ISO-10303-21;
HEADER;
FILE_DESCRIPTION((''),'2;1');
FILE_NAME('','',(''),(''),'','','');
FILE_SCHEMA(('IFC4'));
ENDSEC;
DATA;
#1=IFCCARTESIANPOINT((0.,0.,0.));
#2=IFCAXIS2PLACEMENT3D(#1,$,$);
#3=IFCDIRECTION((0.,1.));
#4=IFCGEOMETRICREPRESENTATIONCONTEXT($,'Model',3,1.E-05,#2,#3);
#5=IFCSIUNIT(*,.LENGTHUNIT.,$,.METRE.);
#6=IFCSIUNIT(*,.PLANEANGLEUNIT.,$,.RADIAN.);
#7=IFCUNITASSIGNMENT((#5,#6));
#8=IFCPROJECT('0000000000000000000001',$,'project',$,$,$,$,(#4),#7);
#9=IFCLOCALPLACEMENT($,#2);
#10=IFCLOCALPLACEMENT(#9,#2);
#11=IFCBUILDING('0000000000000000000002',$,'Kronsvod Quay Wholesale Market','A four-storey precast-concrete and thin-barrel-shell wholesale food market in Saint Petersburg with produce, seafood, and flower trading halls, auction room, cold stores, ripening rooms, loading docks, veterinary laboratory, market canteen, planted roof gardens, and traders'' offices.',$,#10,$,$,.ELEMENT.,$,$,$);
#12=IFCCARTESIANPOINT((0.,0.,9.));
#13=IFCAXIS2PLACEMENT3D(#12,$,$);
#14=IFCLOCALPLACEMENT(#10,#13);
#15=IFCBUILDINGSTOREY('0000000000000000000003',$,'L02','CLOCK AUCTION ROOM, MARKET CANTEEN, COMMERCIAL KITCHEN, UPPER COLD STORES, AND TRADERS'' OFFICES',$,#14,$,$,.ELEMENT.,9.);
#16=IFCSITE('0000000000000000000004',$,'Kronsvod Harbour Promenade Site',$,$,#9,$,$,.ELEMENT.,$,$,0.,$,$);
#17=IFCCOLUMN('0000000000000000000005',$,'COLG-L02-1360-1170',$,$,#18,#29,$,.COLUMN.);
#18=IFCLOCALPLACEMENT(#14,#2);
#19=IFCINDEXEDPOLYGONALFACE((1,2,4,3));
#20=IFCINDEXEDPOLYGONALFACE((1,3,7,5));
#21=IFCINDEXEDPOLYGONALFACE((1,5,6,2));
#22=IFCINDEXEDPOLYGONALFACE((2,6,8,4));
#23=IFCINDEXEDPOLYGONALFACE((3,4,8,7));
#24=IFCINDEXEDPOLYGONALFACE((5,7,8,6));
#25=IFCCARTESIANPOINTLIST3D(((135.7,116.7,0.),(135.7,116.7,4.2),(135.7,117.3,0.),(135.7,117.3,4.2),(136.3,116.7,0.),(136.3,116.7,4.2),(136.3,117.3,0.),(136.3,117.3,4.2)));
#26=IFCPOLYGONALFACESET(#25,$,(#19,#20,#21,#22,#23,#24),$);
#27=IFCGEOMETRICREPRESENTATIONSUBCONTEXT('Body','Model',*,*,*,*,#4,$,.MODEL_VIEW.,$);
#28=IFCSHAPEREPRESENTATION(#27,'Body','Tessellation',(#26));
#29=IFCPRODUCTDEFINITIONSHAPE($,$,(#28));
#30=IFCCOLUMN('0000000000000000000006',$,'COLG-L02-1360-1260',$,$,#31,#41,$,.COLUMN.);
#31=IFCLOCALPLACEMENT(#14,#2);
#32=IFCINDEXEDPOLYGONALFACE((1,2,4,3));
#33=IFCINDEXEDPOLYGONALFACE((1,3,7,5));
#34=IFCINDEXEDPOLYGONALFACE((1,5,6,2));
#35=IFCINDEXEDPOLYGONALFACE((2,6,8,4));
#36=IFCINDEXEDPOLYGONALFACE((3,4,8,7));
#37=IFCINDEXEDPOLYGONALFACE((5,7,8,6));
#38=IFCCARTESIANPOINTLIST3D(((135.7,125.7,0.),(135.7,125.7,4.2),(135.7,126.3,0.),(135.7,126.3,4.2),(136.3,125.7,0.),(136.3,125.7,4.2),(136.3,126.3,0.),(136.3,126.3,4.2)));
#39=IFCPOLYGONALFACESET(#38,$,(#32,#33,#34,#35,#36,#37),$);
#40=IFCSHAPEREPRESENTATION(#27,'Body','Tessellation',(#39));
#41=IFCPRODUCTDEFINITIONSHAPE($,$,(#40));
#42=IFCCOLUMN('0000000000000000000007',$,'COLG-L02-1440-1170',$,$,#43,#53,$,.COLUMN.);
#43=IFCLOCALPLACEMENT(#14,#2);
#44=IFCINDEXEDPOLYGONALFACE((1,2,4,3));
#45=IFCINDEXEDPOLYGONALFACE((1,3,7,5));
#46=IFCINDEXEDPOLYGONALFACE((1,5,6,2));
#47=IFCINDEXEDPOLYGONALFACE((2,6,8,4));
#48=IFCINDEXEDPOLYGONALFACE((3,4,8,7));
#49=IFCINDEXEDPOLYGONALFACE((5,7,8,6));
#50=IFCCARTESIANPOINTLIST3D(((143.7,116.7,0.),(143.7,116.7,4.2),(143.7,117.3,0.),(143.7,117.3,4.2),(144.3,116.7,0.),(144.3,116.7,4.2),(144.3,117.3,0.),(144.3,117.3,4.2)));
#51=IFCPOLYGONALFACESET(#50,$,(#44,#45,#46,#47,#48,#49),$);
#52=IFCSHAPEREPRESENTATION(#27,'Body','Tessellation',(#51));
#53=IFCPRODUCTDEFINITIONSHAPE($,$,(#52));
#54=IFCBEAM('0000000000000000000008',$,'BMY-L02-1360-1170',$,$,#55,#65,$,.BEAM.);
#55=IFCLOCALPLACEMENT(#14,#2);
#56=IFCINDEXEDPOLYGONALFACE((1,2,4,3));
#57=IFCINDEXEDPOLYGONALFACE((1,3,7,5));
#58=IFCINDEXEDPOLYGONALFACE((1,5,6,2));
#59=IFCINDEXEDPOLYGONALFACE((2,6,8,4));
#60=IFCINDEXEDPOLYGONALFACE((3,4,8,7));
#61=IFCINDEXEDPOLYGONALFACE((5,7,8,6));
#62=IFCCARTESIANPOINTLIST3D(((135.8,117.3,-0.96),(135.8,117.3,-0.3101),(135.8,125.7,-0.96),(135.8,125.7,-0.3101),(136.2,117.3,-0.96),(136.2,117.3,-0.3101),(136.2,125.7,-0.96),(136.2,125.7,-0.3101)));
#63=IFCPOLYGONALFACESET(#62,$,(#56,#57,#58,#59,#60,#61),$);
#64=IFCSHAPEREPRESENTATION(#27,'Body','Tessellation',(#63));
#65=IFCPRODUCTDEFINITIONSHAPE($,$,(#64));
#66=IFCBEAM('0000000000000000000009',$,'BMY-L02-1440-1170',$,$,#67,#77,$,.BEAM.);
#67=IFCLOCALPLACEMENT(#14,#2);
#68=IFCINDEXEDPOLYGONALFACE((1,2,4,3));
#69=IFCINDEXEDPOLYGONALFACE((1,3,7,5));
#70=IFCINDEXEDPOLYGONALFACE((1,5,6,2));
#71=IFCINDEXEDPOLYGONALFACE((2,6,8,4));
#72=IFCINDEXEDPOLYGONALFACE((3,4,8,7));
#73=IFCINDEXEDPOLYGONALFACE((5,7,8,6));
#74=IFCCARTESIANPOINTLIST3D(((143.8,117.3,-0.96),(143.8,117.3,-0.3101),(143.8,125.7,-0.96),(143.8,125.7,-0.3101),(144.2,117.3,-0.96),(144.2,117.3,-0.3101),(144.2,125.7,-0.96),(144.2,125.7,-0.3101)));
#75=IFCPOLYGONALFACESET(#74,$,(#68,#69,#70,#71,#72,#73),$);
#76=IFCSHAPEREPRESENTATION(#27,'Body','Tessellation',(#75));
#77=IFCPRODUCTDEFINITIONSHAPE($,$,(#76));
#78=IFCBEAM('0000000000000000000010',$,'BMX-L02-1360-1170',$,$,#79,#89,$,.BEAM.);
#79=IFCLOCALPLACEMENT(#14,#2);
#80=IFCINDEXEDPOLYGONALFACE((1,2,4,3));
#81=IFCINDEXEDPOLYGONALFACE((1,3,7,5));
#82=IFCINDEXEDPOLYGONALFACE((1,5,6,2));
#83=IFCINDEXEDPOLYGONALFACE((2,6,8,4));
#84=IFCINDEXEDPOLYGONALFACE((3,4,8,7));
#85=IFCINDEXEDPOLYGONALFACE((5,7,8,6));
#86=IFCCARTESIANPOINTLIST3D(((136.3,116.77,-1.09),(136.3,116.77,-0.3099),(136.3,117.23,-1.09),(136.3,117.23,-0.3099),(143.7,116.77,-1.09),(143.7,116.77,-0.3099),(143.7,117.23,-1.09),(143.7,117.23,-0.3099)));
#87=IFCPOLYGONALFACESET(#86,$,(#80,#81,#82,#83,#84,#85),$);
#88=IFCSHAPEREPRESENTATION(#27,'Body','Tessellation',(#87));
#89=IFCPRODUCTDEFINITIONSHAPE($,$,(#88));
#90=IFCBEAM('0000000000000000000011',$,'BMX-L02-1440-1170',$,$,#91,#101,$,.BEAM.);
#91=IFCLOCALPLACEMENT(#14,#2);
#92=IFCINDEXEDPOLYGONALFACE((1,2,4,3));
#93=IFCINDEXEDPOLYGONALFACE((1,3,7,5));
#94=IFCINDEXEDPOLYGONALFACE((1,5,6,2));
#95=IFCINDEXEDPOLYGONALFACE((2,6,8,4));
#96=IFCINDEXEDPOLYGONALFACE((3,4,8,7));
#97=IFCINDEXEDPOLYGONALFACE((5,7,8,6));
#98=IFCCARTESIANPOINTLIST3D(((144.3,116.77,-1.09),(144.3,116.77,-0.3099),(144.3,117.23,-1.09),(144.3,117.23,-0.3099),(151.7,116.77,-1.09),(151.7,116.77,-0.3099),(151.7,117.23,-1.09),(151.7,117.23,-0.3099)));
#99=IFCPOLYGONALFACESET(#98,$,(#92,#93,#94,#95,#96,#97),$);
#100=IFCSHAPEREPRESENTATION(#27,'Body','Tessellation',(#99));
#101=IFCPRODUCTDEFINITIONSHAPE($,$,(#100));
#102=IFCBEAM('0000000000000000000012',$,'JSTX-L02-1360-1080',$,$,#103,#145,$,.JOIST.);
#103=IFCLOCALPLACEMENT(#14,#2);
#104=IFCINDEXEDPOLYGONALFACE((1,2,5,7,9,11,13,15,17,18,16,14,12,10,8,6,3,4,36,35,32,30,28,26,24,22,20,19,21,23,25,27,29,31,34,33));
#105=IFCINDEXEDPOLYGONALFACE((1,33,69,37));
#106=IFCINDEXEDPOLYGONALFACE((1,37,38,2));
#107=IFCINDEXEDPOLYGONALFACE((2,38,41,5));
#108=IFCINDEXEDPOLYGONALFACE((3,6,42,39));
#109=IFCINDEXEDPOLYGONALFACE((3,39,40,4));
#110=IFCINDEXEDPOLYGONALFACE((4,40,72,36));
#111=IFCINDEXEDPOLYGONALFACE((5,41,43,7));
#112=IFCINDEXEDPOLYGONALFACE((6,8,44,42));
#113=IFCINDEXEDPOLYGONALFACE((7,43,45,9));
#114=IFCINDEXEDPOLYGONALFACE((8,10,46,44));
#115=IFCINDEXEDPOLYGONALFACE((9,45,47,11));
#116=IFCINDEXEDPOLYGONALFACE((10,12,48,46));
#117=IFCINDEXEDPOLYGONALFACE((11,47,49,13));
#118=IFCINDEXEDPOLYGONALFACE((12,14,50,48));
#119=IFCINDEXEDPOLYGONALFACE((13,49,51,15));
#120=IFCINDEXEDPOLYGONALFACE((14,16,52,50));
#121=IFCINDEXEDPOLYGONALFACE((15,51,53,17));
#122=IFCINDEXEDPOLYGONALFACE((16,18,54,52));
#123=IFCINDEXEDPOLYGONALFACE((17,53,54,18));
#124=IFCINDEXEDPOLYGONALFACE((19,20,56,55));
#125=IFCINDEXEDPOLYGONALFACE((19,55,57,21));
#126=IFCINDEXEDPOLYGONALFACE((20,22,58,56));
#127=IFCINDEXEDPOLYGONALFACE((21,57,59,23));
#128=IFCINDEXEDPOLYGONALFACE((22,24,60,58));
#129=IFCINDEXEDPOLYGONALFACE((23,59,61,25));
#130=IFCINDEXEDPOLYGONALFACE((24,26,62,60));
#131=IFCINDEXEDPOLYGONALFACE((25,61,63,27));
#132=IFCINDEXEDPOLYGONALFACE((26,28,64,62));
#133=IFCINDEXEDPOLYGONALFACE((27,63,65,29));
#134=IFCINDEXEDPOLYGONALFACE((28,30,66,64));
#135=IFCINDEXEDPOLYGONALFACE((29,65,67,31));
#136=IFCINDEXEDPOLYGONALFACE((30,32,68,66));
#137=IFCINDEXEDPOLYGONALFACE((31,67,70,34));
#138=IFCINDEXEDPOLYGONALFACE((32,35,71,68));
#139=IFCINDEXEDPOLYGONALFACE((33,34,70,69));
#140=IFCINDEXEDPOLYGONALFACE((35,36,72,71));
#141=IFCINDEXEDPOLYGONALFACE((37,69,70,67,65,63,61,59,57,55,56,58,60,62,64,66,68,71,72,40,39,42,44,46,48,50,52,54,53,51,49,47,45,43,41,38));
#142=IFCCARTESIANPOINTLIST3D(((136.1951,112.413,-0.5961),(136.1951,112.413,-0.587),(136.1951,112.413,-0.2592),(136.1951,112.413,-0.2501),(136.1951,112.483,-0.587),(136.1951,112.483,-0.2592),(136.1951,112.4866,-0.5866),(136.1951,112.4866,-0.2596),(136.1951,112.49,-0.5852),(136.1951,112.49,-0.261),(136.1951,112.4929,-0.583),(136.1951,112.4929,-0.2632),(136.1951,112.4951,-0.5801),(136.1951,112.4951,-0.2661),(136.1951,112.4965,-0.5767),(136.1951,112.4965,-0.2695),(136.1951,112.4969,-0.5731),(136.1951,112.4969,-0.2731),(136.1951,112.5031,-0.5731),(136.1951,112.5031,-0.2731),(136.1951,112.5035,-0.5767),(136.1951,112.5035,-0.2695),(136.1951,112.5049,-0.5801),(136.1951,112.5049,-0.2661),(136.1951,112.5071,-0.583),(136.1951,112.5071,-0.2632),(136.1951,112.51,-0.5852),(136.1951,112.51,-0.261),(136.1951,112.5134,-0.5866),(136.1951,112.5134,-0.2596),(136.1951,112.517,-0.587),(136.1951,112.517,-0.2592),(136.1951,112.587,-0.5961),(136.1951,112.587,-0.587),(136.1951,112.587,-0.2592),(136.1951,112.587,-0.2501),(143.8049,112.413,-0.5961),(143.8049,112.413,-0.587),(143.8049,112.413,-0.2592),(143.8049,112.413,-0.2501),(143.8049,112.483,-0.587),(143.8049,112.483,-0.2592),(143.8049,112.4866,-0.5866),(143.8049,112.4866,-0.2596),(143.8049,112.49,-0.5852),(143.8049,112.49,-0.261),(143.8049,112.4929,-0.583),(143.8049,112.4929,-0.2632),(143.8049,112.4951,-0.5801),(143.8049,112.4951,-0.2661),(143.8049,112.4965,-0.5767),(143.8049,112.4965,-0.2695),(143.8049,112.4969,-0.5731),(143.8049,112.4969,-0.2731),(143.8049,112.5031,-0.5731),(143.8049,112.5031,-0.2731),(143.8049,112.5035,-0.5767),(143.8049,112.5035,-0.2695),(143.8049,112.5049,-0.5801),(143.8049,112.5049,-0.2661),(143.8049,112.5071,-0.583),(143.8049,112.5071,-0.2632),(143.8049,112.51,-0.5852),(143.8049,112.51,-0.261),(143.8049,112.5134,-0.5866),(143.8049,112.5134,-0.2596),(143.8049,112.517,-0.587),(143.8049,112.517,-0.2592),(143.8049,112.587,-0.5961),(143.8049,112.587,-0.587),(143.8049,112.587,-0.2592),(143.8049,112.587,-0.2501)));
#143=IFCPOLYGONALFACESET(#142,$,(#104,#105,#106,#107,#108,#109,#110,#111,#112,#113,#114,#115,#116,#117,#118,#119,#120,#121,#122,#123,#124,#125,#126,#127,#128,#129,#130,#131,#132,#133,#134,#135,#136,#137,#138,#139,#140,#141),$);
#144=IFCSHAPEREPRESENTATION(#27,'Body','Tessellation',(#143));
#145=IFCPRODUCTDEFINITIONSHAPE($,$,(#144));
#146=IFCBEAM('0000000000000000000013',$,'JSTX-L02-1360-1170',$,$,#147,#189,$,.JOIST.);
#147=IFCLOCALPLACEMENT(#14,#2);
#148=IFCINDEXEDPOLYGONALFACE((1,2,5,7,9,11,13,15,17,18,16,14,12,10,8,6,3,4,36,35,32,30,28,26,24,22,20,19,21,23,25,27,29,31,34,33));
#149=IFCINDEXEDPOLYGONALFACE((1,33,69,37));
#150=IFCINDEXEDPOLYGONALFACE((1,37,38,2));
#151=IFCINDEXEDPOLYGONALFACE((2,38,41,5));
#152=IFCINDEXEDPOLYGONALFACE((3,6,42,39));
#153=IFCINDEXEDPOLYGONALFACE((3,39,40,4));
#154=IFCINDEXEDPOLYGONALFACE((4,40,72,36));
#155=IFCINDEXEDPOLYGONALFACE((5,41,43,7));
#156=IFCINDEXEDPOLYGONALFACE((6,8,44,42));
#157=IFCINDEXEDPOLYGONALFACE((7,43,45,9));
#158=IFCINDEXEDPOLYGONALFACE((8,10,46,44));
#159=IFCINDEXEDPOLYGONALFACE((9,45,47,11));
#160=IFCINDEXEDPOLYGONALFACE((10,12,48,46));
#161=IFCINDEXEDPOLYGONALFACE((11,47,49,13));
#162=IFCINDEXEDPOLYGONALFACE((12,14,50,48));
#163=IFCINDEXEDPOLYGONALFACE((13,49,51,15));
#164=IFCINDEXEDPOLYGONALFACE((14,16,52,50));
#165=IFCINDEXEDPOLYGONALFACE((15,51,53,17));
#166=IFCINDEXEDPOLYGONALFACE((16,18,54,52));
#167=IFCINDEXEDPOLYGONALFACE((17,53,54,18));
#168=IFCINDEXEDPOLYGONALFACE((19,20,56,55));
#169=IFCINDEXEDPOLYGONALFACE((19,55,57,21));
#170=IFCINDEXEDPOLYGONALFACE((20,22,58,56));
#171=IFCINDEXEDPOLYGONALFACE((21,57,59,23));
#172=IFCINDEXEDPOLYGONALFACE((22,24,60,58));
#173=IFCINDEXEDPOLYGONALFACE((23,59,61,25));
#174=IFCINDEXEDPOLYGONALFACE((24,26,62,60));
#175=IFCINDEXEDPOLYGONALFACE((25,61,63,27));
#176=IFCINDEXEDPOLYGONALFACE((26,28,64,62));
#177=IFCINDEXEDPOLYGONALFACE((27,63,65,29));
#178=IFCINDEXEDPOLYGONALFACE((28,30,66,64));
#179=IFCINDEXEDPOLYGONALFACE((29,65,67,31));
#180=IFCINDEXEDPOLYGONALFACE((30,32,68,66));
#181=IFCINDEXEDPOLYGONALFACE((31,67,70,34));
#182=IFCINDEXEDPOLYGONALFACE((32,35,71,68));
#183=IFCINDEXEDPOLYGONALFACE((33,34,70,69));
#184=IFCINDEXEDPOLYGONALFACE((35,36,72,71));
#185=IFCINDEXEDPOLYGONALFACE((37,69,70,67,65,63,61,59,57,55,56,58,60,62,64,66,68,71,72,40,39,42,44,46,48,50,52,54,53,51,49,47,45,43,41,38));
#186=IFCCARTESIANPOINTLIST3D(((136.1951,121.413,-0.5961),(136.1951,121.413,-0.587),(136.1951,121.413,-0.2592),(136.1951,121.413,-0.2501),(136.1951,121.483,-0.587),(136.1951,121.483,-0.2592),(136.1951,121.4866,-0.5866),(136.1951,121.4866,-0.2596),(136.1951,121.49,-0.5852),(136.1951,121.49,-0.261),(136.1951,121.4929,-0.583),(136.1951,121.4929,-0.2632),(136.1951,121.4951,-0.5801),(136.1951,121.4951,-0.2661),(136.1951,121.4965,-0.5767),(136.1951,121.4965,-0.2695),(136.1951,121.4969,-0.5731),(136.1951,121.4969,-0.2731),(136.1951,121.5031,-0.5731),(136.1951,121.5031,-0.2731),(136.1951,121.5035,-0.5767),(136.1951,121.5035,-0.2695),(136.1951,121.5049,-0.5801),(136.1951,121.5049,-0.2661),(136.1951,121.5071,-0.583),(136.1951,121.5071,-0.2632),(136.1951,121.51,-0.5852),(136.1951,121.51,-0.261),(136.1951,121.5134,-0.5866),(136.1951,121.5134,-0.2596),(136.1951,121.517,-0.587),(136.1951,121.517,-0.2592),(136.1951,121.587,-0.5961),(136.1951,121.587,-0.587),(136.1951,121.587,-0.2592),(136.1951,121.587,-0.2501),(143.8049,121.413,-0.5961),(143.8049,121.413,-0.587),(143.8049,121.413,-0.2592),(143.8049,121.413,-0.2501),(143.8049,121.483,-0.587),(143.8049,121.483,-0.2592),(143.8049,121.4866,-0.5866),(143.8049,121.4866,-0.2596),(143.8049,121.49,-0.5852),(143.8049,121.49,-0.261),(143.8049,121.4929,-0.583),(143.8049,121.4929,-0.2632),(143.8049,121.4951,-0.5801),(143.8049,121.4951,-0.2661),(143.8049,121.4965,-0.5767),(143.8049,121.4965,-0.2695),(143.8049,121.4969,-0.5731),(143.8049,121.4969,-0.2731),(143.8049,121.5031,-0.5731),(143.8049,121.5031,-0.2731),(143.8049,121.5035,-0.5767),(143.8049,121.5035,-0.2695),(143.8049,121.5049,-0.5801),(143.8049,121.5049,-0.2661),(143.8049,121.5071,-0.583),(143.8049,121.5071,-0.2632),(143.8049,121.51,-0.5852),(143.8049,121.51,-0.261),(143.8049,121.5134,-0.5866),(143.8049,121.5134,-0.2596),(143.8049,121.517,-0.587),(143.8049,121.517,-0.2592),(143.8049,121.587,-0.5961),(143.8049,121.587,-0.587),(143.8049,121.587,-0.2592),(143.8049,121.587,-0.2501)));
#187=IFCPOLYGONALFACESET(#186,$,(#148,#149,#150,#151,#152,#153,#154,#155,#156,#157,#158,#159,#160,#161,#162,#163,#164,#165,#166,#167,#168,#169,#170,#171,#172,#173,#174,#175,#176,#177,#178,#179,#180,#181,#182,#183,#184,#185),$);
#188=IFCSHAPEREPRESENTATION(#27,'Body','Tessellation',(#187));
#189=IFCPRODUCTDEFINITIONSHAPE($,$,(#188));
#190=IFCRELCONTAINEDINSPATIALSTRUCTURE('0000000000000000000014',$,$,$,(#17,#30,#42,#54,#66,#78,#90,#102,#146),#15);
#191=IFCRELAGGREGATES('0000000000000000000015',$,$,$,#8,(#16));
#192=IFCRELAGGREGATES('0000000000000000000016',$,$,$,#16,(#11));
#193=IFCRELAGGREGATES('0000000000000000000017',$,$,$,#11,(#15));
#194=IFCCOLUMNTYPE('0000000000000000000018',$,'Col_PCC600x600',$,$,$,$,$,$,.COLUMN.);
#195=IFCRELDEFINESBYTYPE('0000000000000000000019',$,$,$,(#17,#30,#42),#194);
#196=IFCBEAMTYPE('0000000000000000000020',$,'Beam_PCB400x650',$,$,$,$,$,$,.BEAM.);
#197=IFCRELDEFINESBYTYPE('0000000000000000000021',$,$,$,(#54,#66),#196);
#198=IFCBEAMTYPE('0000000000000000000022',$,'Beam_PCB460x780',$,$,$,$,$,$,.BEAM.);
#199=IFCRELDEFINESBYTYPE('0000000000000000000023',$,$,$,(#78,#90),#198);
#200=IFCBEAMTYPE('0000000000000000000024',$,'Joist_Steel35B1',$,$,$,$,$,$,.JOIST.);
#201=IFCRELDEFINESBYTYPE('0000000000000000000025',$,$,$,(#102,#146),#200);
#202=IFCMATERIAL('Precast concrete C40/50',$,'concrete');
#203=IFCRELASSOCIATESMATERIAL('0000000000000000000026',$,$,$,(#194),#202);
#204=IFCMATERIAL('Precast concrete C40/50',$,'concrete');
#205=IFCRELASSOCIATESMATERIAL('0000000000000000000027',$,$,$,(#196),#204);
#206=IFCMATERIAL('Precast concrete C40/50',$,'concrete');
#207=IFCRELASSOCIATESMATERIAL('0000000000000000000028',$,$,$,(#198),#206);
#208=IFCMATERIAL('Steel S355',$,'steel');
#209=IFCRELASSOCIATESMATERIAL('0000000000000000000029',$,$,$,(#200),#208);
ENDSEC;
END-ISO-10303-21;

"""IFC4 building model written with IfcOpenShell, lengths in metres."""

from ifc_helpers import new_model, si_unit, direction, frame, origin, origin_2d, place, context, subcontext, project, spatial, rectangle, i_section, extrude, material, material_profile, profile_set, type_object, element, save


model = new_model("IFC4")

# Units and contexts
model_context = context("Model", 3, precision=1e-05, world=origin(), true_north=direction((0.0, 1.0)))
body_context = subcontext(model_context, "Body", "Model", "MODEL_VIEW")
ifc_project = project(units=[si_unit("LENGTHUNIT", "METRE"), si_unit("PLANEANGLEUNIT", "RADIAN")], contexts=[model_context])

# Site, building, storey
site_placement = place(None, origin())
site = spatial("IfcSite", under=ifc_project, at=site_placement, Name="Kronsvod Harbour Promenade Site", CompositionType="ELEMENT", RefElevation=0.0)
building_placement = place(site_placement, origin())
building = spatial("IfcBuilding", under=site, at=building_placement, Name="Kronsvod Quay Wholesale Market", Description="A four-storey precast-concrete and thin-barrel-shell wholesale food market in Saint Petersburg with produce, seafood, and flower trading halls, auction room, cold stores, ripening rooms, loading docks, veterinary laboratory, market canteen, planted roof gardens, and traders' offices.", CompositionType="ELEMENT")
storey_placement = place(building_placement, frame((0.0, 0.0, 9.0)))
storey = spatial("IfcBuildingStorey", under=building, at=storey_placement, Name="L02", Description="CLOCK AUCTION ROOM, MARKET CANTEEN, COMMERCIAL KITCHEN, UPPER COLD STORES, AND TRADERS' OFFICES", CompositionType="ELEMENT", Elevation=9.0)

# Columns
ifc_material_1 = material(Name="Precast concrete C40/50", Category="concrete")
ifc_material_profile_1 = material_profile(ifc_material_1, rectangle(XDim=0.6001, YDim=0.6001, at=origin_2d()), Name="PCC600x600")
ifc_profile_set_1 = profile_set([ifc_material_profile_1], Name="Precast concrete C40/50")
column_type = type_object("IfcColumnType", Name="Col_PCC600x600", PredefinedType="COLUMN", material=ifc_profile_set_1)
for number, where, z_axis, x_axis, name in (
    (1, (136.0, 117.0, 0.0), (0.0, 0.0, 1.0), (1.0, 0.0, 0.0), "COLG-L02-1360-1170"),
    (2, (136.0, 126.0, 0.0), (0.0, 0.0, 1.0), (1.0, 0.0, 0.0), "COLG-L02-1360-1260"),
    (3, (144.0, 117.0, 0.0), (0.0, 0.0, 1.0), (1.0, 0.0, 0.0), "COLG-L02-1440-1170"),
):
    element("IfcColumn", number, at=place(storey_placement, frame(where, z_axis=z_axis, x_axis=x_axis)), inside=storey, type_object=column_type, Name=name, PredefinedType="COLUMN", context=body_context, shape_type="SweptSolid", body=[
        extrude(rectangle(XDim=0.6001, YDim=0.6001, at=origin_2d()), origin(), (0.0, 0.0, 1.0), 4.2),
    ])

# Beams
ifc_material_2 = material(Name="Precast concrete C40/50", Category="concrete")
ifc_material_profile_2 = material_profile(ifc_material_2, rectangle(XDim=0.3999, YDim=0.6499, at=origin_2d()), Name="PCB400x650")
ifc_profile_set_2 = profile_set([ifc_material_profile_2], Name="Precast concrete C40/50")
beam_type_1 = type_object("IfcBeamType", Name="Beam_PCB400x650", PredefinedType="BEAM", material=ifc_profile_set_2)
for number, where, z_axis, x_axis, name in (
    (4, (136.0, 117.3, -0.635), (0.0, 1.0, 0.0), (-1.0, 0.0, 0.0), "BMY-L02-1360-1170"),
    (5, (144.0, 117.3, -0.635), (0.0, 1.0, 0.0), (-1.0, 0.0, 0.0), "BMY-L02-1440-1170"),
):
    element("IfcBeam", number, at=place(storey_placement, frame(where, z_axis=z_axis, x_axis=x_axis)), inside=storey, type_object=beam_type_1, Name=name, PredefinedType="BEAM", context=body_context, shape_type="SweptSolid", body=[
        extrude(rectangle(XDim=0.3999, YDim=0.6499, at=origin_2d()), origin(), (0.0, 0.0, 1.0), 8.3999),
    ])
ifc_material_3 = material(Name="Precast concrete C40/50", Category="concrete")
ifc_material_profile_3 = material_profile(ifc_material_3, rectangle(XDim=0.46, YDim=0.78, at=origin_2d()), Name="PB-03")
ifc_profile_set_3 = profile_set([ifc_material_profile_3], Name="Precast concrete C40/50")
beam_type_2 = type_object("IfcBeamType", Name="Beam_PCB460x780", PredefinedType="BEAM", material=ifc_profile_set_3)
for number, where, z_axis, x_axis, name in (
    (6, (136.3, 117.0, -0.7), (1.0, 0.0, 0.0), (0.0, 1.0, 0.0), "BMX-L02-1360-1170"),
    (7, (144.3, 117.0, -0.7), (1.0, 0.0, 0.0), (0.0, 1.0, 0.0), "BMX-L02-1440-1170"),
):
    element("IfcBeam", number, at=place(storey_placement, frame(where, z_axis=z_axis, x_axis=x_axis)), inside=storey, type_object=beam_type_2, Name=name, PredefinedType="BEAM", context=body_context, shape_type="SweptSolid", body=[
        extrude(rectangle(XDim=0.46, YDim=0.78, at=origin_2d()), origin(), (0.0, 0.0, 1.0), 7.3999),
    ])
ifc_material_4 = material(Name="Steel S355", Category="steel")
ifc_material_profile_4 = material_profile(ifc_material_4, i_section(OverallWidth=0.1741, OverallDepth=0.3459, WebThickness=0.0061, FlangeThickness=0.009, FilletRadius=0.0139, at=origin_2d()), Name="35B1")
ifc_profile_set_4 = profile_set([ifc_material_profile_4], Name="Steel S355")
beam_type_3 = type_object("IfcBeamType", Name="Joist_Steel35B1", PredefinedType="JOIST", material=ifc_profile_set_4)
for number, where, z_axis, x_axis, name in (
    (8, (136.1951, 112.5, -0.4231), (1.0, 0.0, 0.0), (0.0, 1.0, 0.0), "JSTX-L02-1360-1080"),
    (9, (136.1951, 121.5, -0.4231), (1.0, 0.0, 0.0), (0.0, 1.0, 0.0), "JSTX-L02-1360-1170"),
):
    element("IfcBeam", number, at=place(storey_placement, frame(where, z_axis=z_axis, x_axis=x_axis)), inside=storey, type_object=beam_type_3, Name=name, PredefinedType="JOIST", context=body_context, shape_type="SweptSolid", body=[
        extrude(i_section(OverallWidth=0.1741, OverallDepth=0.3459, WebThickness=0.0061, FlangeThickness=0.009, FilletRadius=0.0139, at=origin_2d()), origin(), (0.0, 0.0, 1.0), 7.6099),
    ])

save(model, "model.ifc")
